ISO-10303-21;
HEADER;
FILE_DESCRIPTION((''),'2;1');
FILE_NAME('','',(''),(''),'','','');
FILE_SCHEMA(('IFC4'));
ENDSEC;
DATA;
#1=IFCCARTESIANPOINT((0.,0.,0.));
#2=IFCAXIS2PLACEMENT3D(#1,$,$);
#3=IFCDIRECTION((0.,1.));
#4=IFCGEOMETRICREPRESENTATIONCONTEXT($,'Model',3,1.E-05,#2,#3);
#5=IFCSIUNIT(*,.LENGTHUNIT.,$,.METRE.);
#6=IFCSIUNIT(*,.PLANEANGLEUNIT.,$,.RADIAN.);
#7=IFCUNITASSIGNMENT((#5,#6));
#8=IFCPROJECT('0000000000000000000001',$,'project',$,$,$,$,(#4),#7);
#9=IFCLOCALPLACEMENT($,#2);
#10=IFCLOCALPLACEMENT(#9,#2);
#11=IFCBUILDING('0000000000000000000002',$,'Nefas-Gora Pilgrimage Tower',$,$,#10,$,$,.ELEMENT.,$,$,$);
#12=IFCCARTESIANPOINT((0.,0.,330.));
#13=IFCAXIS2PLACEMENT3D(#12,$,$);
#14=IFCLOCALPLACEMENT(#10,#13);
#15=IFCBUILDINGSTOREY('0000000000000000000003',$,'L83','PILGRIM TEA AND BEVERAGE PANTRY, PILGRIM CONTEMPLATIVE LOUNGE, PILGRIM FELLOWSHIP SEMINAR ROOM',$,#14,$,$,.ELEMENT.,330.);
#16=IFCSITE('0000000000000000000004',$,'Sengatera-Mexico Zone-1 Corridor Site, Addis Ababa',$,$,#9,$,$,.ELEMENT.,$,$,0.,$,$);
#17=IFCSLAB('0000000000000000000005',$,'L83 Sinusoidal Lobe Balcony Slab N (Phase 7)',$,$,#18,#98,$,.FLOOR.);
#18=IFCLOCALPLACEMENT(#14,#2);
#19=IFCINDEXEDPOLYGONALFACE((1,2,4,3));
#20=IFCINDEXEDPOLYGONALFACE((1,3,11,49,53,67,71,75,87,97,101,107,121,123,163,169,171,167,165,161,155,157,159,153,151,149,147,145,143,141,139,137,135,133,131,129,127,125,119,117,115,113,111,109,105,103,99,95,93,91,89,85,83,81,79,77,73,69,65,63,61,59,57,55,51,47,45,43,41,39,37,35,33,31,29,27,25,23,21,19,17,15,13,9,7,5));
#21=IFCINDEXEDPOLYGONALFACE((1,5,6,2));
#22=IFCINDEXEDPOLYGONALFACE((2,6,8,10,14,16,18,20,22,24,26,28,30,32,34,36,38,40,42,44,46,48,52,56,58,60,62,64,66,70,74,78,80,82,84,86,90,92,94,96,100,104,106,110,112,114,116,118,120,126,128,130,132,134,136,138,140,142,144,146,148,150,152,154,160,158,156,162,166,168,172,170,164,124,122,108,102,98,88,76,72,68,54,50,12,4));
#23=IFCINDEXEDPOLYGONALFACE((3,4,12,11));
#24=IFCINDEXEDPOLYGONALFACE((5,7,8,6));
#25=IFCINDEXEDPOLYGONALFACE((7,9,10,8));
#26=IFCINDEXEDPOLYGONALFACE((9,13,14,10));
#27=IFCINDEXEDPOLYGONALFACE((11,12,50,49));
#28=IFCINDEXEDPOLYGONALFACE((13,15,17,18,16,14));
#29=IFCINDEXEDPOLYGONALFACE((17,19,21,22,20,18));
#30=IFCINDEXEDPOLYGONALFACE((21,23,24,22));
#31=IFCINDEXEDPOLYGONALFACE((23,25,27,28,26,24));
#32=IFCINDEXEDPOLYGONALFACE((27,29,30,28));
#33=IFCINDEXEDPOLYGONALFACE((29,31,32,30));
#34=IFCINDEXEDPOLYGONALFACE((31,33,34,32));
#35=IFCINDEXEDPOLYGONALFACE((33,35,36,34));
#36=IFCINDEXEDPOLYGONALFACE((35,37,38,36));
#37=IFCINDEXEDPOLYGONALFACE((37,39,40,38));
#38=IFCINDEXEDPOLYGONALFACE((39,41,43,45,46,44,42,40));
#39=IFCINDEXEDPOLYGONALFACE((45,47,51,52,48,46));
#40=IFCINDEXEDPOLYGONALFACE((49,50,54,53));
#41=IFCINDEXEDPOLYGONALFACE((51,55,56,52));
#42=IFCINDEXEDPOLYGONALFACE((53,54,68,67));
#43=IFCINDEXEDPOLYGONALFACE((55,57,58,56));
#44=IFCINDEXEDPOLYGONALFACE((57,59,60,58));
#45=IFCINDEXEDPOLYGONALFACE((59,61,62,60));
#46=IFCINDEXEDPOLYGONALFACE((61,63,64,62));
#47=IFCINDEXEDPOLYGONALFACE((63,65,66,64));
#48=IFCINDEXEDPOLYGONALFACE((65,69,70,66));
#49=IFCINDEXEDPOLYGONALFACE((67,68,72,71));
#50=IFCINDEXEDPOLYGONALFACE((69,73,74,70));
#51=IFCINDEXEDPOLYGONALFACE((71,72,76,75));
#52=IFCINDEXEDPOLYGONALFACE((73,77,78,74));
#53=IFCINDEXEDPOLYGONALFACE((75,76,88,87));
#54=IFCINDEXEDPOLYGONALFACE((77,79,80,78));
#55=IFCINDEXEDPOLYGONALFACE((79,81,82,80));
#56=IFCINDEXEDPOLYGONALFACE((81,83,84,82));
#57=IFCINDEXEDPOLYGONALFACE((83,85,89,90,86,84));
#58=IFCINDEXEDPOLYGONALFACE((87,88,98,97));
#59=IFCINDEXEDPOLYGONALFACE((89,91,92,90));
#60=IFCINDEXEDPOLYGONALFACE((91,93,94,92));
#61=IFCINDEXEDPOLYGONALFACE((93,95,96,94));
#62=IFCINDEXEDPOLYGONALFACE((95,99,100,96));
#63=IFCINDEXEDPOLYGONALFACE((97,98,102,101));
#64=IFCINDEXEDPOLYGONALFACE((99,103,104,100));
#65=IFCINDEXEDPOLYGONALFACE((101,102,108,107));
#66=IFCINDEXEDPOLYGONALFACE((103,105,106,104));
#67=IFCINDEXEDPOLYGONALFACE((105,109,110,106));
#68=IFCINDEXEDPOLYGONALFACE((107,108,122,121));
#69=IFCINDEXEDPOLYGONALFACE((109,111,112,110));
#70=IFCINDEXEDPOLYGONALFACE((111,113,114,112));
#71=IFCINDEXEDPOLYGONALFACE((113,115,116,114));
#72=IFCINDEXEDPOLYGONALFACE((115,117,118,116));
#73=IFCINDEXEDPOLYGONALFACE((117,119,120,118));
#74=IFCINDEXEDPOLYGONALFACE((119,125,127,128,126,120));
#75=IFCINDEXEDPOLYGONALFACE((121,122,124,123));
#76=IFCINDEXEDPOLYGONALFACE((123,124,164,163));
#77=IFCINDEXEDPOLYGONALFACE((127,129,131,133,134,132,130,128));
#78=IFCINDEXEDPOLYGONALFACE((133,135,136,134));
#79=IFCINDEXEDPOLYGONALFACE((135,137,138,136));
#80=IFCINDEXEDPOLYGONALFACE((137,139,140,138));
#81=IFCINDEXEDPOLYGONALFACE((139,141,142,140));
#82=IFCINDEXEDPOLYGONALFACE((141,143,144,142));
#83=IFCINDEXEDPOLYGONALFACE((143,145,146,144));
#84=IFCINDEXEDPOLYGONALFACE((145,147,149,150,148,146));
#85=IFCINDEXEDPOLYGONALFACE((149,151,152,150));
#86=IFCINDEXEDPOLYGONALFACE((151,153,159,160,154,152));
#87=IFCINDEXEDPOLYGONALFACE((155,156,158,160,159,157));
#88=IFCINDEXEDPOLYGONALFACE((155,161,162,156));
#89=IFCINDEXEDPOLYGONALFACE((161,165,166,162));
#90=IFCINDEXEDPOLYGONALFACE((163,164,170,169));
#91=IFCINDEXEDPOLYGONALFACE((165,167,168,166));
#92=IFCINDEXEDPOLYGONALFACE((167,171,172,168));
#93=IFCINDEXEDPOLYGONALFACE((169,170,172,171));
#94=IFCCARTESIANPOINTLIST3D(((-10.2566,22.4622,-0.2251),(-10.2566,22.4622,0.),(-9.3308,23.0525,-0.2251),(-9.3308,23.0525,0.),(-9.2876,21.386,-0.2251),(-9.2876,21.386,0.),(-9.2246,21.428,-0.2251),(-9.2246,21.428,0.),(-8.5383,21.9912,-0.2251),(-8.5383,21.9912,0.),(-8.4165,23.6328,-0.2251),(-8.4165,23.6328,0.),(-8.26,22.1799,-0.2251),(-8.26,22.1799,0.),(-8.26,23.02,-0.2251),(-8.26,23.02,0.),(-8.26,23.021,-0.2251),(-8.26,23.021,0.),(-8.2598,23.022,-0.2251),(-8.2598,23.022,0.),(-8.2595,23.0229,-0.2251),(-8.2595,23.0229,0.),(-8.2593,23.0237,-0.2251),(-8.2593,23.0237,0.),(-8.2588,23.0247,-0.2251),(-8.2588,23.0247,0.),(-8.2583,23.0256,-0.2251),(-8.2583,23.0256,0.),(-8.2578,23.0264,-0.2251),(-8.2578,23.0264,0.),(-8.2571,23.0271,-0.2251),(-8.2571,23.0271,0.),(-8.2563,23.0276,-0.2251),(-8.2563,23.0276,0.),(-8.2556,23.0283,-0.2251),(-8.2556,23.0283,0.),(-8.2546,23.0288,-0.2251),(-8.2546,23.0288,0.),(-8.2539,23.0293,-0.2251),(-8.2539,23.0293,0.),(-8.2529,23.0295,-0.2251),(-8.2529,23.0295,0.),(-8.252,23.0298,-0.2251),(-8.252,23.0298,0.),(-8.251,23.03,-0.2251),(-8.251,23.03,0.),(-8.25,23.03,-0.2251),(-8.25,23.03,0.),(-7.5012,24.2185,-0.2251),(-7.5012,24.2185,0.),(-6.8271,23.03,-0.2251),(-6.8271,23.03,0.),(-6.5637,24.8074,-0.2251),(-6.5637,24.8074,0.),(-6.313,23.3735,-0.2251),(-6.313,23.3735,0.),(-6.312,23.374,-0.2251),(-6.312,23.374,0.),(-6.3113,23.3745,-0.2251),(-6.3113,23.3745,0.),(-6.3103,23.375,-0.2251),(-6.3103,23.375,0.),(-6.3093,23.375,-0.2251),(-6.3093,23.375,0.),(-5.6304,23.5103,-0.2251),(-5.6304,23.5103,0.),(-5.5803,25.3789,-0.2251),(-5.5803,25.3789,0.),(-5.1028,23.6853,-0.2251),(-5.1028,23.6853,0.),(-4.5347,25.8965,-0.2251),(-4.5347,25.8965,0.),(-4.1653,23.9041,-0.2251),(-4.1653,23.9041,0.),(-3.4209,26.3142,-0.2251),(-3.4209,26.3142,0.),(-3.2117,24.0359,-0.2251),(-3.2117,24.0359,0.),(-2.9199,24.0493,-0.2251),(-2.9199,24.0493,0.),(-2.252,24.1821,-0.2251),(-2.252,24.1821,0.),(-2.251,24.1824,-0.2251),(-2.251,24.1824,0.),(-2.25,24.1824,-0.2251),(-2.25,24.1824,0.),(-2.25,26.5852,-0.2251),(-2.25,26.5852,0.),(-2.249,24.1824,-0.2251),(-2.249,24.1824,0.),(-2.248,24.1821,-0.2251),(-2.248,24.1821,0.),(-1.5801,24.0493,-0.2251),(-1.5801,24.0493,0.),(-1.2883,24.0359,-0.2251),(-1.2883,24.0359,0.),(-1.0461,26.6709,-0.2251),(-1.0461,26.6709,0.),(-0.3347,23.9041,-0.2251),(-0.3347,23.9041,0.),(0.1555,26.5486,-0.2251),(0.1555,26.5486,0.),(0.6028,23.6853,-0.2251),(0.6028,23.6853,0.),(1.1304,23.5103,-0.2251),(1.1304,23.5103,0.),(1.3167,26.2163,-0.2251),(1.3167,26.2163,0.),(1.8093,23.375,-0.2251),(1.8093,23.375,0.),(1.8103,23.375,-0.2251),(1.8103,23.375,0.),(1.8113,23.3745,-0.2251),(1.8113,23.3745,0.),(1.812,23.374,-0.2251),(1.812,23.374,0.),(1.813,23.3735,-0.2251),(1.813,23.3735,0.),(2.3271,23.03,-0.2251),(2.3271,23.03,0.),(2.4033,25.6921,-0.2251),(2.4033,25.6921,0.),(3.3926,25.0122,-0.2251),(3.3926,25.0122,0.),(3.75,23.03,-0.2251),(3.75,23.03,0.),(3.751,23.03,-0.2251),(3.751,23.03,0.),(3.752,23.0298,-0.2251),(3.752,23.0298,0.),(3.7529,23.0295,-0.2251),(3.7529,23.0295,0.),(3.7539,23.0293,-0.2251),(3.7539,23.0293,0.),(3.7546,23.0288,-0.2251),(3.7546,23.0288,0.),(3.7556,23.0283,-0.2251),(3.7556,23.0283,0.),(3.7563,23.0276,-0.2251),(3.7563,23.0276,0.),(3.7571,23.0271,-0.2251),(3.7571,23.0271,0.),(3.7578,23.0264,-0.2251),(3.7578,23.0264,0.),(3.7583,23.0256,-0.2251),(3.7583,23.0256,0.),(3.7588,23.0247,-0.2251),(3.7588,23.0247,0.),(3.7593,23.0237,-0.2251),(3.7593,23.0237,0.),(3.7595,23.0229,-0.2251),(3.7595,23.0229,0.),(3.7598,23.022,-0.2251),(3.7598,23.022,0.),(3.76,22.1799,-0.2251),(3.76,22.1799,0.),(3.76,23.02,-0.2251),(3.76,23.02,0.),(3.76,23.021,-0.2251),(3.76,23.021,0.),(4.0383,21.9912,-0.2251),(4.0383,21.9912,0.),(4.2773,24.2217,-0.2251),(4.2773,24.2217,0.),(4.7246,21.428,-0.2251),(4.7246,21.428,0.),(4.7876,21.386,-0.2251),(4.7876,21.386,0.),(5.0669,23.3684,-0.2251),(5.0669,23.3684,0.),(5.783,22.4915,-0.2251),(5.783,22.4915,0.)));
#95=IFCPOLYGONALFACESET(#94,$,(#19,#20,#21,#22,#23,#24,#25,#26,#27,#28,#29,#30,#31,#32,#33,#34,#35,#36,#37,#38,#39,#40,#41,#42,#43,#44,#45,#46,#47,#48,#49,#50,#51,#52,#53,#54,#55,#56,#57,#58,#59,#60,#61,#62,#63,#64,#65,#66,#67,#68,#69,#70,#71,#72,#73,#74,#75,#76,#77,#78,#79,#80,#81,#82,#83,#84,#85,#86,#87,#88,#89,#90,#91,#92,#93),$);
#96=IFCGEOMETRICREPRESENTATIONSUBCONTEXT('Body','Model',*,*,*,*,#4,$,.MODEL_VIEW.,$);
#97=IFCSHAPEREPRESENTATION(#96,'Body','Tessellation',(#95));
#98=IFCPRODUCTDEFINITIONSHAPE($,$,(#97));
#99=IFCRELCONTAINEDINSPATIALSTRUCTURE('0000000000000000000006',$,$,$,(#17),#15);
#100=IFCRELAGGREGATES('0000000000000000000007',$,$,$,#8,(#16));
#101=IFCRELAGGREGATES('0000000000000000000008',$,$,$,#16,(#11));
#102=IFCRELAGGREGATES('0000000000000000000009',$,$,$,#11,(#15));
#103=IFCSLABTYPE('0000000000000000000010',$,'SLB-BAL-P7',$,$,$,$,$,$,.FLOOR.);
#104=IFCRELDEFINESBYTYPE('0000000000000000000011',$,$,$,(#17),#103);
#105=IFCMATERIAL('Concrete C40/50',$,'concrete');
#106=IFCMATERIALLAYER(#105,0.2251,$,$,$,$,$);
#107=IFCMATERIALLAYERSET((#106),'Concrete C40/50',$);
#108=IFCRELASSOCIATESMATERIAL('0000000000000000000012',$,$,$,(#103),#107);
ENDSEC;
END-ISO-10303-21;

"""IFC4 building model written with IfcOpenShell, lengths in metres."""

from ifc_helpers import new_model, si_unit, direction, frame, origin, place, context, subcontext, project, spatial, polyline, outline, extrude, material, layer, layer_set, type_object, element, save


model = new_model("IFC4")

# Units and contexts
model_context = context("Model", 3, precision=1e-05, world=origin(), true_north=direction((0.0, 1.0)))
body_context = subcontext(model_context, "Body", "Model", "MODEL_VIEW")
ifc_project = project(units=[si_unit("LENGTHUNIT", "METRE"), si_unit("PLANEANGLEUNIT", "RADIAN")], contexts=[model_context])

# Site, building, storey
site_placement = place(None, origin())
site = spatial("IfcSite", under=ifc_project, at=site_placement, Name="Sengatera-Mexico Zone-1 Corridor Site, Addis Ababa", CompositionType="ELEMENT", RefElevation=0.0)
building_placement = place(site_placement, origin())
building = spatial("IfcBuilding", under=site, at=building_placement, Name="Nefas-Gora Pilgrimage Tower", CompositionType="ELEMENT")
storey_placement = place(building_placement, frame((0.0, 0.0, 330.0)))
storey = spatial("IfcBuildingStorey", under=building, at=storey_placement, Name="L83", Description="PILGRIM TEA AND BEVERAGE PANTRY, PILGRIM CONTEMPLATIVE LOUNGE, PILGRIM FELLOWSHIP SEMINAR ROOM", CompositionType="ELEMENT", Elevation=330.0)

# Slab
ifc_material_1 = material(Name="Concrete C40/50", Category="concrete")
ifc_layer_1 = layer(ifc_material_1, 0.2251)
ifc_layer_set_1 = layer_set([ifc_layer_1], Name="Concrete C40/50")
slab_type_1 = type_object("IfcSlabType", Name="SLB-BAL-P7", PredefinedType="FLOOR", material=ifc_layer_set_1)
slab_1_placement = place(storey_placement, frame((0.0, 0.0, -0.2251)))
element("IfcSlab", 1, at=slab_1_placement, inside=storey, type_object=slab_type_1, Name="L83 Sinusoidal Lobe Balcony Slab N (Phase 7)", PredefinedType="FLOOR", context=body_context, shape_type="SweptSolid", body=[
    extrude(outline(polyline([(-9.2876, 21.386), (-9.2246, 21.428), (-8.5383, 21.9912), (-8.26, 22.1799), (-8.26, 23.02), (-8.26, 23.021), (-8.2598, 23.022), (-8.2595, 23.0229), (-8.2593, 23.0237), (-8.2588, 23.0247), (-8.2583, 23.0256), (-8.2578, 23.0264), (-8.2571, 23.0271), (-8.2563, 23.0276), (-8.2556, 23.0283), (-8.2546, 23.0288), (-8.2539, 23.0293), (-8.2529, 23.0295), (-8.252, 23.0298), (-8.251, 23.03), (-8.25, 23.03), (-6.8271, 23.03), (-6.313, 23.3735), (-6.312, 23.374), (-6.3113, 23.3745), (-6.3103, 23.375), (-6.3093, 23.375), (-5.6304, 23.5103), (-5.1028, 23.6853), (-4.1653, 23.9041), (-3.2117, 24.0359), (-2.9199, 24.0493), (-2.252, 24.1821), (-2.251, 24.1824), (-2.25, 24.1824), (-2.249, 24.1824), (-2.248, 24.1821), (-1.5801, 24.0493), (-1.2883, 24.0359), (-0.3347, 23.9041), (0.6028, 23.6853), (1.1304, 23.5103), (1.8093, 23.375), (1.8103, 23.375), (1.8113, 23.3745), (1.812, 23.374), (1.813, 23.3735), (2.3271, 23.03), (3.75, 23.03), (3.751, 23.03), (3.752, 23.0298), (3.7529, 23.0295), (3.7539, 23.0293), (3.7546, 23.0288), (3.7556, 23.0283), (3.7563, 23.0276), (3.7571, 23.0271), (3.7578, 23.0264), (3.7583, 23.0256), (3.7588, 23.0247), (3.7593, 23.0237), (3.7595, 23.0229), (3.7598, 23.022), (3.76, 23.021), (3.76, 23.02), (3.76, 22.1799), (4.0383, 21.9912), (4.7246, 21.428), (4.7876, 21.386), (5.783, 22.4915), (5.0669, 23.3684), (4.2773, 24.2217), (3.3926, 25.0122), (2.4033, 25.6921), (1.3167, 26.2163), (0.1555, 26.5486), (-1.0461, 26.6709), (-2.25, 26.5852), (-3.4209, 26.3142), (-4.5347, 25.8965), (-5.5803, 25.3789), (-6.5637, 24.8074), (-7.5012, 24.2185), (-8.4165, 23.6328), (-9.3308, 23.0525), (-10.2566, 22.4622), (-9.2876, 21.386)])), origin(), (0.0, 0.0, 1.0), 0.2251),
])

save(model, "model.ifc")
